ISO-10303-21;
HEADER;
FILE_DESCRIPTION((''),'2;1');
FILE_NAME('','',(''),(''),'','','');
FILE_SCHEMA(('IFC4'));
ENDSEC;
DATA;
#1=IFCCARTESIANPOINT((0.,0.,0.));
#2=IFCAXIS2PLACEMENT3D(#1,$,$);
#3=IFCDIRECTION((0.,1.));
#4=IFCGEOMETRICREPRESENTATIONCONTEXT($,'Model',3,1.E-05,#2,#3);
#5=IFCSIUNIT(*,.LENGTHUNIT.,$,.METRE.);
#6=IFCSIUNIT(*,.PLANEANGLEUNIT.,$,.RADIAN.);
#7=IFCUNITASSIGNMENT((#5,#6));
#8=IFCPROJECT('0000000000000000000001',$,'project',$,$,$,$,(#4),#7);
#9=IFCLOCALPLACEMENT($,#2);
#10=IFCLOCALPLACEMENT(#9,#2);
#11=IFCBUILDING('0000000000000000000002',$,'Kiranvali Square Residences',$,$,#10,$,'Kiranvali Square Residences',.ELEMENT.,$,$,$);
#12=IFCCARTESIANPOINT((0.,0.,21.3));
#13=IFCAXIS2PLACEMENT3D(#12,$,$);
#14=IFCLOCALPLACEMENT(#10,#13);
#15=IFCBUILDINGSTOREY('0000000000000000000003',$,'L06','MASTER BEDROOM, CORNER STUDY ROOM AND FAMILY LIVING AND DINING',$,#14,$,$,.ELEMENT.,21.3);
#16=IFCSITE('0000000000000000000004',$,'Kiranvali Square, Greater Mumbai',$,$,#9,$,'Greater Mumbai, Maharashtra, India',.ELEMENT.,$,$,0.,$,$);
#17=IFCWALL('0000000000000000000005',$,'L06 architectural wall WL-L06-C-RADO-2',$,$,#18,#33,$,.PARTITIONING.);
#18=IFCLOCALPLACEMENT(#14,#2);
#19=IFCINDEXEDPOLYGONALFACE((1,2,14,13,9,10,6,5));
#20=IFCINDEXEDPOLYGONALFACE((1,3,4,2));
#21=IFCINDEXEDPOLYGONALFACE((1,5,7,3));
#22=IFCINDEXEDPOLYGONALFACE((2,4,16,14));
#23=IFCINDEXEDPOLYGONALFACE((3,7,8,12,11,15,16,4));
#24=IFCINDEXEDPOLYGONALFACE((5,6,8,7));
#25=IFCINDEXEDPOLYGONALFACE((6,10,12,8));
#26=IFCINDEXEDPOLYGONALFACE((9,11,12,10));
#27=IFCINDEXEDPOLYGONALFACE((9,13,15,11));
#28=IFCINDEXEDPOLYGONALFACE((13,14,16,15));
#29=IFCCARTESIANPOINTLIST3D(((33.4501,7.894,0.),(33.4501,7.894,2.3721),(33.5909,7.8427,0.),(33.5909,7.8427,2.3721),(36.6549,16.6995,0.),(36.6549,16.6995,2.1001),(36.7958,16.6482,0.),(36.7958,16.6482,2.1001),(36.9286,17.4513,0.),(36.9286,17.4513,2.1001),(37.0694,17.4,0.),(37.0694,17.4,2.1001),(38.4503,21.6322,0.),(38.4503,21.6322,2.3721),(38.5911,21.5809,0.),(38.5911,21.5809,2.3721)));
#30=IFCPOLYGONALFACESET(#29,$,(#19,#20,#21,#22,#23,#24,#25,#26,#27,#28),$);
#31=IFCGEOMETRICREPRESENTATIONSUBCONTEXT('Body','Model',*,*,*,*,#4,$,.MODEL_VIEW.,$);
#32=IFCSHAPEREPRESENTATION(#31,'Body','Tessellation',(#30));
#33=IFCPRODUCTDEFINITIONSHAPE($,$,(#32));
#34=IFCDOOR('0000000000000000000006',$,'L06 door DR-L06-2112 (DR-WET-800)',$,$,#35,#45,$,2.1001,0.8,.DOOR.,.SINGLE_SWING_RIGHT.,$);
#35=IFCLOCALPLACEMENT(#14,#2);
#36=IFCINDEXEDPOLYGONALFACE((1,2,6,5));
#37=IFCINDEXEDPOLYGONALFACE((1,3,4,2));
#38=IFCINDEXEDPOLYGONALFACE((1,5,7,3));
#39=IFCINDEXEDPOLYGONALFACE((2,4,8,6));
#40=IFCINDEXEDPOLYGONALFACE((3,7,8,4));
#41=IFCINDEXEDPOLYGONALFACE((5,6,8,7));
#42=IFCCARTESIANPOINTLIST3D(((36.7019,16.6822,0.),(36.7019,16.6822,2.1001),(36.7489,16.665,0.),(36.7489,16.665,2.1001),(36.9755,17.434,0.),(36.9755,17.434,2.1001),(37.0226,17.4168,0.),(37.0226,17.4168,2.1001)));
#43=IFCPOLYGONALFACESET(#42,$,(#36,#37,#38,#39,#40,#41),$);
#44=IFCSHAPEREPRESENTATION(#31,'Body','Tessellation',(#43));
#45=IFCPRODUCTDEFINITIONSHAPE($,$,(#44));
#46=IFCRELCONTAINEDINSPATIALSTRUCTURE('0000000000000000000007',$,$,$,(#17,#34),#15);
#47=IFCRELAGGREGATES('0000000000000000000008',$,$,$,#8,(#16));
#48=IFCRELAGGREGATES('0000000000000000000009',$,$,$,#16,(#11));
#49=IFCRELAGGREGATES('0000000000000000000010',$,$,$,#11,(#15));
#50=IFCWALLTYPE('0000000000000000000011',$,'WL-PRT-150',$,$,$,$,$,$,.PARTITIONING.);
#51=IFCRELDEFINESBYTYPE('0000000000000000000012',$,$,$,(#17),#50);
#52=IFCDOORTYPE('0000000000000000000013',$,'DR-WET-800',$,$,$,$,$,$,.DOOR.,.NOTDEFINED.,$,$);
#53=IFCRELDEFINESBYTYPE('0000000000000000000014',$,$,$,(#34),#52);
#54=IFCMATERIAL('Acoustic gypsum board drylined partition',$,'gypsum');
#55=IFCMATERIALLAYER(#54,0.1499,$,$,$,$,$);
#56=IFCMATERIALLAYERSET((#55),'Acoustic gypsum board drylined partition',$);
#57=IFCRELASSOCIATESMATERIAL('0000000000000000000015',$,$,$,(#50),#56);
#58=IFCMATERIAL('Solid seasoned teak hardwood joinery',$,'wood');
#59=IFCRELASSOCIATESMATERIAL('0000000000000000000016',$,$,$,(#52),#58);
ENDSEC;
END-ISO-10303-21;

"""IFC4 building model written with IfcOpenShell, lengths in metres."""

from ifc_helpers import new_model, si_unit, direction, frame, frame_2d, origin, place, context, subcontext, project, spatial, rectangle, extrude, material, layer, layer_set, type_object, element, fill, save


model = new_model("IFC4")

# Units and contexts
model_context = context("Model", 3, precision=1e-05, world=origin(), true_north=direction((0.0, 1.0)))
body_context = subcontext(model_context, "Body", "Model", "MODEL_VIEW")
ifc_project = project(units=[si_unit("LENGTHUNIT", "METRE"), si_unit("PLANEANGLEUNIT", "RADIAN")], contexts=[model_context])

# Site, building, storey
site_placement = place(None, origin())
site = spatial("IfcSite", under=ifc_project, at=site_placement, Name="Kiranvali Square, Greater Mumbai", LongName="Greater Mumbai, Maharashtra, India", CompositionType="ELEMENT", RefElevation=0.0)
building_placement = place(site_placement, origin())
building = spatial("IfcBuilding", under=site, at=building_placement, Name="Kiranvali Square Residences", LongName="Kiranvali Square Residences", CompositionType="ELEMENT")
storey_placement = place(building_placement, frame((0.0, 0.0, 21.3)))
storey = spatial("IfcBuildingStorey", under=building, at=storey_placement, Name="L06", Description="MASTER BEDROOM, CORNER STUDY ROOM AND FAMILY LIVING AND DINING", CompositionType="ELEMENT", Elevation=21.3)

# Wall, opening, door
ifc_material_1 = material(Name="Acoustic gypsum board drylined partition", Category="gypsum")
ifc_layer_1 = layer(ifc_material_1, 0.1499)
ifc_layer_set_1 = layer_set([ifc_layer_1], Name="Acoustic gypsum board drylined partition")
wall_type_1 = type_object("IfcWallType", Name="WL-PRT-150", PredefinedType="PARTITIONING", material=ifc_layer_set_1)
wall_1_placement = place(storey_placement, frame((38.5208, 21.6067, 0.0), z_axis=(0.0, 0.0, 1.0), x_axis=(-0.342015, -0.939694, 0.0)))
wall_1 = element("IfcWall", 1, at=wall_1_placement, inside=storey, type_object=wall_type_1, Name="L06 architectural wall WL-L06-C-RADO-2", PredefinedType="PARTITIONING", context=body_context, shape_type="SweptSolid", body=[
    extrude(rectangle(XDim=14.6199, YDim=0.1499, at=frame_2d((7.3101, 0.0))), origin(), (0.0, 0.0, 1.0), 2.3721),
])
opening_1_placement = place(wall_1_placement, frame((4.4495, 0.0, 0.0)))
opening_1 = element("IfcOpeningElement", 2, at=opening_1_placement, cuts=wall_1, PredefinedType="OPENING", context=body_context, shape_type="SweptSolid", body=[
    extrude(rectangle(XDim=0.8, YDim=2.1001, at=frame_2d((0.3999, 1.05))), frame((0.0, 0.085, 0.0), z_axis=(0.0, -1.0, 0.0), x_axis=(1.0, 0.0, 0.0)), (0.0, 0.0, 1.0), 0.1699),
])
ifc_material_2 = material(Name="Solid seasoned teak hardwood joinery", Category="wood")
door_type_1 = type_object("IfcDoorType", Name="DR-WET-800", OperationType="NOTDEFINED", PredefinedType="DOOR", material=ifc_material_2)
door_1_placement = place(opening_1_placement, frame((0.8, 0.0, 0.0), z_axis=(0.0, 0.0, 1.0), x_axis=(-1.0, 0.0, 0.0)))
door_1 = element("IfcDoor", 3, at=door_1_placement, inside=storey, type_object=door_type_1, Name="L06 door DR-L06-2112 (DR-WET-800)", OperationType="SINGLE_SWING_RIGHT", OverallHeight=2.1001, OverallWidth=0.8, PredefinedType="DOOR", context=body_context, shape_type="SweptSolid", body=[
    extrude(rectangle(XDim=0.8, YDim=2.1001, at=frame_2d((0.3999, 1.05))), frame((0.0, 0.0249, 0.0), z_axis=(0.0, -1.0, 0.0), x_axis=(1.0, 0.0, 0.0)), (0.0, 0.0, 1.0), 0.05),
])
fill(opening_1, door_1)

save(model, "model.ifc")
